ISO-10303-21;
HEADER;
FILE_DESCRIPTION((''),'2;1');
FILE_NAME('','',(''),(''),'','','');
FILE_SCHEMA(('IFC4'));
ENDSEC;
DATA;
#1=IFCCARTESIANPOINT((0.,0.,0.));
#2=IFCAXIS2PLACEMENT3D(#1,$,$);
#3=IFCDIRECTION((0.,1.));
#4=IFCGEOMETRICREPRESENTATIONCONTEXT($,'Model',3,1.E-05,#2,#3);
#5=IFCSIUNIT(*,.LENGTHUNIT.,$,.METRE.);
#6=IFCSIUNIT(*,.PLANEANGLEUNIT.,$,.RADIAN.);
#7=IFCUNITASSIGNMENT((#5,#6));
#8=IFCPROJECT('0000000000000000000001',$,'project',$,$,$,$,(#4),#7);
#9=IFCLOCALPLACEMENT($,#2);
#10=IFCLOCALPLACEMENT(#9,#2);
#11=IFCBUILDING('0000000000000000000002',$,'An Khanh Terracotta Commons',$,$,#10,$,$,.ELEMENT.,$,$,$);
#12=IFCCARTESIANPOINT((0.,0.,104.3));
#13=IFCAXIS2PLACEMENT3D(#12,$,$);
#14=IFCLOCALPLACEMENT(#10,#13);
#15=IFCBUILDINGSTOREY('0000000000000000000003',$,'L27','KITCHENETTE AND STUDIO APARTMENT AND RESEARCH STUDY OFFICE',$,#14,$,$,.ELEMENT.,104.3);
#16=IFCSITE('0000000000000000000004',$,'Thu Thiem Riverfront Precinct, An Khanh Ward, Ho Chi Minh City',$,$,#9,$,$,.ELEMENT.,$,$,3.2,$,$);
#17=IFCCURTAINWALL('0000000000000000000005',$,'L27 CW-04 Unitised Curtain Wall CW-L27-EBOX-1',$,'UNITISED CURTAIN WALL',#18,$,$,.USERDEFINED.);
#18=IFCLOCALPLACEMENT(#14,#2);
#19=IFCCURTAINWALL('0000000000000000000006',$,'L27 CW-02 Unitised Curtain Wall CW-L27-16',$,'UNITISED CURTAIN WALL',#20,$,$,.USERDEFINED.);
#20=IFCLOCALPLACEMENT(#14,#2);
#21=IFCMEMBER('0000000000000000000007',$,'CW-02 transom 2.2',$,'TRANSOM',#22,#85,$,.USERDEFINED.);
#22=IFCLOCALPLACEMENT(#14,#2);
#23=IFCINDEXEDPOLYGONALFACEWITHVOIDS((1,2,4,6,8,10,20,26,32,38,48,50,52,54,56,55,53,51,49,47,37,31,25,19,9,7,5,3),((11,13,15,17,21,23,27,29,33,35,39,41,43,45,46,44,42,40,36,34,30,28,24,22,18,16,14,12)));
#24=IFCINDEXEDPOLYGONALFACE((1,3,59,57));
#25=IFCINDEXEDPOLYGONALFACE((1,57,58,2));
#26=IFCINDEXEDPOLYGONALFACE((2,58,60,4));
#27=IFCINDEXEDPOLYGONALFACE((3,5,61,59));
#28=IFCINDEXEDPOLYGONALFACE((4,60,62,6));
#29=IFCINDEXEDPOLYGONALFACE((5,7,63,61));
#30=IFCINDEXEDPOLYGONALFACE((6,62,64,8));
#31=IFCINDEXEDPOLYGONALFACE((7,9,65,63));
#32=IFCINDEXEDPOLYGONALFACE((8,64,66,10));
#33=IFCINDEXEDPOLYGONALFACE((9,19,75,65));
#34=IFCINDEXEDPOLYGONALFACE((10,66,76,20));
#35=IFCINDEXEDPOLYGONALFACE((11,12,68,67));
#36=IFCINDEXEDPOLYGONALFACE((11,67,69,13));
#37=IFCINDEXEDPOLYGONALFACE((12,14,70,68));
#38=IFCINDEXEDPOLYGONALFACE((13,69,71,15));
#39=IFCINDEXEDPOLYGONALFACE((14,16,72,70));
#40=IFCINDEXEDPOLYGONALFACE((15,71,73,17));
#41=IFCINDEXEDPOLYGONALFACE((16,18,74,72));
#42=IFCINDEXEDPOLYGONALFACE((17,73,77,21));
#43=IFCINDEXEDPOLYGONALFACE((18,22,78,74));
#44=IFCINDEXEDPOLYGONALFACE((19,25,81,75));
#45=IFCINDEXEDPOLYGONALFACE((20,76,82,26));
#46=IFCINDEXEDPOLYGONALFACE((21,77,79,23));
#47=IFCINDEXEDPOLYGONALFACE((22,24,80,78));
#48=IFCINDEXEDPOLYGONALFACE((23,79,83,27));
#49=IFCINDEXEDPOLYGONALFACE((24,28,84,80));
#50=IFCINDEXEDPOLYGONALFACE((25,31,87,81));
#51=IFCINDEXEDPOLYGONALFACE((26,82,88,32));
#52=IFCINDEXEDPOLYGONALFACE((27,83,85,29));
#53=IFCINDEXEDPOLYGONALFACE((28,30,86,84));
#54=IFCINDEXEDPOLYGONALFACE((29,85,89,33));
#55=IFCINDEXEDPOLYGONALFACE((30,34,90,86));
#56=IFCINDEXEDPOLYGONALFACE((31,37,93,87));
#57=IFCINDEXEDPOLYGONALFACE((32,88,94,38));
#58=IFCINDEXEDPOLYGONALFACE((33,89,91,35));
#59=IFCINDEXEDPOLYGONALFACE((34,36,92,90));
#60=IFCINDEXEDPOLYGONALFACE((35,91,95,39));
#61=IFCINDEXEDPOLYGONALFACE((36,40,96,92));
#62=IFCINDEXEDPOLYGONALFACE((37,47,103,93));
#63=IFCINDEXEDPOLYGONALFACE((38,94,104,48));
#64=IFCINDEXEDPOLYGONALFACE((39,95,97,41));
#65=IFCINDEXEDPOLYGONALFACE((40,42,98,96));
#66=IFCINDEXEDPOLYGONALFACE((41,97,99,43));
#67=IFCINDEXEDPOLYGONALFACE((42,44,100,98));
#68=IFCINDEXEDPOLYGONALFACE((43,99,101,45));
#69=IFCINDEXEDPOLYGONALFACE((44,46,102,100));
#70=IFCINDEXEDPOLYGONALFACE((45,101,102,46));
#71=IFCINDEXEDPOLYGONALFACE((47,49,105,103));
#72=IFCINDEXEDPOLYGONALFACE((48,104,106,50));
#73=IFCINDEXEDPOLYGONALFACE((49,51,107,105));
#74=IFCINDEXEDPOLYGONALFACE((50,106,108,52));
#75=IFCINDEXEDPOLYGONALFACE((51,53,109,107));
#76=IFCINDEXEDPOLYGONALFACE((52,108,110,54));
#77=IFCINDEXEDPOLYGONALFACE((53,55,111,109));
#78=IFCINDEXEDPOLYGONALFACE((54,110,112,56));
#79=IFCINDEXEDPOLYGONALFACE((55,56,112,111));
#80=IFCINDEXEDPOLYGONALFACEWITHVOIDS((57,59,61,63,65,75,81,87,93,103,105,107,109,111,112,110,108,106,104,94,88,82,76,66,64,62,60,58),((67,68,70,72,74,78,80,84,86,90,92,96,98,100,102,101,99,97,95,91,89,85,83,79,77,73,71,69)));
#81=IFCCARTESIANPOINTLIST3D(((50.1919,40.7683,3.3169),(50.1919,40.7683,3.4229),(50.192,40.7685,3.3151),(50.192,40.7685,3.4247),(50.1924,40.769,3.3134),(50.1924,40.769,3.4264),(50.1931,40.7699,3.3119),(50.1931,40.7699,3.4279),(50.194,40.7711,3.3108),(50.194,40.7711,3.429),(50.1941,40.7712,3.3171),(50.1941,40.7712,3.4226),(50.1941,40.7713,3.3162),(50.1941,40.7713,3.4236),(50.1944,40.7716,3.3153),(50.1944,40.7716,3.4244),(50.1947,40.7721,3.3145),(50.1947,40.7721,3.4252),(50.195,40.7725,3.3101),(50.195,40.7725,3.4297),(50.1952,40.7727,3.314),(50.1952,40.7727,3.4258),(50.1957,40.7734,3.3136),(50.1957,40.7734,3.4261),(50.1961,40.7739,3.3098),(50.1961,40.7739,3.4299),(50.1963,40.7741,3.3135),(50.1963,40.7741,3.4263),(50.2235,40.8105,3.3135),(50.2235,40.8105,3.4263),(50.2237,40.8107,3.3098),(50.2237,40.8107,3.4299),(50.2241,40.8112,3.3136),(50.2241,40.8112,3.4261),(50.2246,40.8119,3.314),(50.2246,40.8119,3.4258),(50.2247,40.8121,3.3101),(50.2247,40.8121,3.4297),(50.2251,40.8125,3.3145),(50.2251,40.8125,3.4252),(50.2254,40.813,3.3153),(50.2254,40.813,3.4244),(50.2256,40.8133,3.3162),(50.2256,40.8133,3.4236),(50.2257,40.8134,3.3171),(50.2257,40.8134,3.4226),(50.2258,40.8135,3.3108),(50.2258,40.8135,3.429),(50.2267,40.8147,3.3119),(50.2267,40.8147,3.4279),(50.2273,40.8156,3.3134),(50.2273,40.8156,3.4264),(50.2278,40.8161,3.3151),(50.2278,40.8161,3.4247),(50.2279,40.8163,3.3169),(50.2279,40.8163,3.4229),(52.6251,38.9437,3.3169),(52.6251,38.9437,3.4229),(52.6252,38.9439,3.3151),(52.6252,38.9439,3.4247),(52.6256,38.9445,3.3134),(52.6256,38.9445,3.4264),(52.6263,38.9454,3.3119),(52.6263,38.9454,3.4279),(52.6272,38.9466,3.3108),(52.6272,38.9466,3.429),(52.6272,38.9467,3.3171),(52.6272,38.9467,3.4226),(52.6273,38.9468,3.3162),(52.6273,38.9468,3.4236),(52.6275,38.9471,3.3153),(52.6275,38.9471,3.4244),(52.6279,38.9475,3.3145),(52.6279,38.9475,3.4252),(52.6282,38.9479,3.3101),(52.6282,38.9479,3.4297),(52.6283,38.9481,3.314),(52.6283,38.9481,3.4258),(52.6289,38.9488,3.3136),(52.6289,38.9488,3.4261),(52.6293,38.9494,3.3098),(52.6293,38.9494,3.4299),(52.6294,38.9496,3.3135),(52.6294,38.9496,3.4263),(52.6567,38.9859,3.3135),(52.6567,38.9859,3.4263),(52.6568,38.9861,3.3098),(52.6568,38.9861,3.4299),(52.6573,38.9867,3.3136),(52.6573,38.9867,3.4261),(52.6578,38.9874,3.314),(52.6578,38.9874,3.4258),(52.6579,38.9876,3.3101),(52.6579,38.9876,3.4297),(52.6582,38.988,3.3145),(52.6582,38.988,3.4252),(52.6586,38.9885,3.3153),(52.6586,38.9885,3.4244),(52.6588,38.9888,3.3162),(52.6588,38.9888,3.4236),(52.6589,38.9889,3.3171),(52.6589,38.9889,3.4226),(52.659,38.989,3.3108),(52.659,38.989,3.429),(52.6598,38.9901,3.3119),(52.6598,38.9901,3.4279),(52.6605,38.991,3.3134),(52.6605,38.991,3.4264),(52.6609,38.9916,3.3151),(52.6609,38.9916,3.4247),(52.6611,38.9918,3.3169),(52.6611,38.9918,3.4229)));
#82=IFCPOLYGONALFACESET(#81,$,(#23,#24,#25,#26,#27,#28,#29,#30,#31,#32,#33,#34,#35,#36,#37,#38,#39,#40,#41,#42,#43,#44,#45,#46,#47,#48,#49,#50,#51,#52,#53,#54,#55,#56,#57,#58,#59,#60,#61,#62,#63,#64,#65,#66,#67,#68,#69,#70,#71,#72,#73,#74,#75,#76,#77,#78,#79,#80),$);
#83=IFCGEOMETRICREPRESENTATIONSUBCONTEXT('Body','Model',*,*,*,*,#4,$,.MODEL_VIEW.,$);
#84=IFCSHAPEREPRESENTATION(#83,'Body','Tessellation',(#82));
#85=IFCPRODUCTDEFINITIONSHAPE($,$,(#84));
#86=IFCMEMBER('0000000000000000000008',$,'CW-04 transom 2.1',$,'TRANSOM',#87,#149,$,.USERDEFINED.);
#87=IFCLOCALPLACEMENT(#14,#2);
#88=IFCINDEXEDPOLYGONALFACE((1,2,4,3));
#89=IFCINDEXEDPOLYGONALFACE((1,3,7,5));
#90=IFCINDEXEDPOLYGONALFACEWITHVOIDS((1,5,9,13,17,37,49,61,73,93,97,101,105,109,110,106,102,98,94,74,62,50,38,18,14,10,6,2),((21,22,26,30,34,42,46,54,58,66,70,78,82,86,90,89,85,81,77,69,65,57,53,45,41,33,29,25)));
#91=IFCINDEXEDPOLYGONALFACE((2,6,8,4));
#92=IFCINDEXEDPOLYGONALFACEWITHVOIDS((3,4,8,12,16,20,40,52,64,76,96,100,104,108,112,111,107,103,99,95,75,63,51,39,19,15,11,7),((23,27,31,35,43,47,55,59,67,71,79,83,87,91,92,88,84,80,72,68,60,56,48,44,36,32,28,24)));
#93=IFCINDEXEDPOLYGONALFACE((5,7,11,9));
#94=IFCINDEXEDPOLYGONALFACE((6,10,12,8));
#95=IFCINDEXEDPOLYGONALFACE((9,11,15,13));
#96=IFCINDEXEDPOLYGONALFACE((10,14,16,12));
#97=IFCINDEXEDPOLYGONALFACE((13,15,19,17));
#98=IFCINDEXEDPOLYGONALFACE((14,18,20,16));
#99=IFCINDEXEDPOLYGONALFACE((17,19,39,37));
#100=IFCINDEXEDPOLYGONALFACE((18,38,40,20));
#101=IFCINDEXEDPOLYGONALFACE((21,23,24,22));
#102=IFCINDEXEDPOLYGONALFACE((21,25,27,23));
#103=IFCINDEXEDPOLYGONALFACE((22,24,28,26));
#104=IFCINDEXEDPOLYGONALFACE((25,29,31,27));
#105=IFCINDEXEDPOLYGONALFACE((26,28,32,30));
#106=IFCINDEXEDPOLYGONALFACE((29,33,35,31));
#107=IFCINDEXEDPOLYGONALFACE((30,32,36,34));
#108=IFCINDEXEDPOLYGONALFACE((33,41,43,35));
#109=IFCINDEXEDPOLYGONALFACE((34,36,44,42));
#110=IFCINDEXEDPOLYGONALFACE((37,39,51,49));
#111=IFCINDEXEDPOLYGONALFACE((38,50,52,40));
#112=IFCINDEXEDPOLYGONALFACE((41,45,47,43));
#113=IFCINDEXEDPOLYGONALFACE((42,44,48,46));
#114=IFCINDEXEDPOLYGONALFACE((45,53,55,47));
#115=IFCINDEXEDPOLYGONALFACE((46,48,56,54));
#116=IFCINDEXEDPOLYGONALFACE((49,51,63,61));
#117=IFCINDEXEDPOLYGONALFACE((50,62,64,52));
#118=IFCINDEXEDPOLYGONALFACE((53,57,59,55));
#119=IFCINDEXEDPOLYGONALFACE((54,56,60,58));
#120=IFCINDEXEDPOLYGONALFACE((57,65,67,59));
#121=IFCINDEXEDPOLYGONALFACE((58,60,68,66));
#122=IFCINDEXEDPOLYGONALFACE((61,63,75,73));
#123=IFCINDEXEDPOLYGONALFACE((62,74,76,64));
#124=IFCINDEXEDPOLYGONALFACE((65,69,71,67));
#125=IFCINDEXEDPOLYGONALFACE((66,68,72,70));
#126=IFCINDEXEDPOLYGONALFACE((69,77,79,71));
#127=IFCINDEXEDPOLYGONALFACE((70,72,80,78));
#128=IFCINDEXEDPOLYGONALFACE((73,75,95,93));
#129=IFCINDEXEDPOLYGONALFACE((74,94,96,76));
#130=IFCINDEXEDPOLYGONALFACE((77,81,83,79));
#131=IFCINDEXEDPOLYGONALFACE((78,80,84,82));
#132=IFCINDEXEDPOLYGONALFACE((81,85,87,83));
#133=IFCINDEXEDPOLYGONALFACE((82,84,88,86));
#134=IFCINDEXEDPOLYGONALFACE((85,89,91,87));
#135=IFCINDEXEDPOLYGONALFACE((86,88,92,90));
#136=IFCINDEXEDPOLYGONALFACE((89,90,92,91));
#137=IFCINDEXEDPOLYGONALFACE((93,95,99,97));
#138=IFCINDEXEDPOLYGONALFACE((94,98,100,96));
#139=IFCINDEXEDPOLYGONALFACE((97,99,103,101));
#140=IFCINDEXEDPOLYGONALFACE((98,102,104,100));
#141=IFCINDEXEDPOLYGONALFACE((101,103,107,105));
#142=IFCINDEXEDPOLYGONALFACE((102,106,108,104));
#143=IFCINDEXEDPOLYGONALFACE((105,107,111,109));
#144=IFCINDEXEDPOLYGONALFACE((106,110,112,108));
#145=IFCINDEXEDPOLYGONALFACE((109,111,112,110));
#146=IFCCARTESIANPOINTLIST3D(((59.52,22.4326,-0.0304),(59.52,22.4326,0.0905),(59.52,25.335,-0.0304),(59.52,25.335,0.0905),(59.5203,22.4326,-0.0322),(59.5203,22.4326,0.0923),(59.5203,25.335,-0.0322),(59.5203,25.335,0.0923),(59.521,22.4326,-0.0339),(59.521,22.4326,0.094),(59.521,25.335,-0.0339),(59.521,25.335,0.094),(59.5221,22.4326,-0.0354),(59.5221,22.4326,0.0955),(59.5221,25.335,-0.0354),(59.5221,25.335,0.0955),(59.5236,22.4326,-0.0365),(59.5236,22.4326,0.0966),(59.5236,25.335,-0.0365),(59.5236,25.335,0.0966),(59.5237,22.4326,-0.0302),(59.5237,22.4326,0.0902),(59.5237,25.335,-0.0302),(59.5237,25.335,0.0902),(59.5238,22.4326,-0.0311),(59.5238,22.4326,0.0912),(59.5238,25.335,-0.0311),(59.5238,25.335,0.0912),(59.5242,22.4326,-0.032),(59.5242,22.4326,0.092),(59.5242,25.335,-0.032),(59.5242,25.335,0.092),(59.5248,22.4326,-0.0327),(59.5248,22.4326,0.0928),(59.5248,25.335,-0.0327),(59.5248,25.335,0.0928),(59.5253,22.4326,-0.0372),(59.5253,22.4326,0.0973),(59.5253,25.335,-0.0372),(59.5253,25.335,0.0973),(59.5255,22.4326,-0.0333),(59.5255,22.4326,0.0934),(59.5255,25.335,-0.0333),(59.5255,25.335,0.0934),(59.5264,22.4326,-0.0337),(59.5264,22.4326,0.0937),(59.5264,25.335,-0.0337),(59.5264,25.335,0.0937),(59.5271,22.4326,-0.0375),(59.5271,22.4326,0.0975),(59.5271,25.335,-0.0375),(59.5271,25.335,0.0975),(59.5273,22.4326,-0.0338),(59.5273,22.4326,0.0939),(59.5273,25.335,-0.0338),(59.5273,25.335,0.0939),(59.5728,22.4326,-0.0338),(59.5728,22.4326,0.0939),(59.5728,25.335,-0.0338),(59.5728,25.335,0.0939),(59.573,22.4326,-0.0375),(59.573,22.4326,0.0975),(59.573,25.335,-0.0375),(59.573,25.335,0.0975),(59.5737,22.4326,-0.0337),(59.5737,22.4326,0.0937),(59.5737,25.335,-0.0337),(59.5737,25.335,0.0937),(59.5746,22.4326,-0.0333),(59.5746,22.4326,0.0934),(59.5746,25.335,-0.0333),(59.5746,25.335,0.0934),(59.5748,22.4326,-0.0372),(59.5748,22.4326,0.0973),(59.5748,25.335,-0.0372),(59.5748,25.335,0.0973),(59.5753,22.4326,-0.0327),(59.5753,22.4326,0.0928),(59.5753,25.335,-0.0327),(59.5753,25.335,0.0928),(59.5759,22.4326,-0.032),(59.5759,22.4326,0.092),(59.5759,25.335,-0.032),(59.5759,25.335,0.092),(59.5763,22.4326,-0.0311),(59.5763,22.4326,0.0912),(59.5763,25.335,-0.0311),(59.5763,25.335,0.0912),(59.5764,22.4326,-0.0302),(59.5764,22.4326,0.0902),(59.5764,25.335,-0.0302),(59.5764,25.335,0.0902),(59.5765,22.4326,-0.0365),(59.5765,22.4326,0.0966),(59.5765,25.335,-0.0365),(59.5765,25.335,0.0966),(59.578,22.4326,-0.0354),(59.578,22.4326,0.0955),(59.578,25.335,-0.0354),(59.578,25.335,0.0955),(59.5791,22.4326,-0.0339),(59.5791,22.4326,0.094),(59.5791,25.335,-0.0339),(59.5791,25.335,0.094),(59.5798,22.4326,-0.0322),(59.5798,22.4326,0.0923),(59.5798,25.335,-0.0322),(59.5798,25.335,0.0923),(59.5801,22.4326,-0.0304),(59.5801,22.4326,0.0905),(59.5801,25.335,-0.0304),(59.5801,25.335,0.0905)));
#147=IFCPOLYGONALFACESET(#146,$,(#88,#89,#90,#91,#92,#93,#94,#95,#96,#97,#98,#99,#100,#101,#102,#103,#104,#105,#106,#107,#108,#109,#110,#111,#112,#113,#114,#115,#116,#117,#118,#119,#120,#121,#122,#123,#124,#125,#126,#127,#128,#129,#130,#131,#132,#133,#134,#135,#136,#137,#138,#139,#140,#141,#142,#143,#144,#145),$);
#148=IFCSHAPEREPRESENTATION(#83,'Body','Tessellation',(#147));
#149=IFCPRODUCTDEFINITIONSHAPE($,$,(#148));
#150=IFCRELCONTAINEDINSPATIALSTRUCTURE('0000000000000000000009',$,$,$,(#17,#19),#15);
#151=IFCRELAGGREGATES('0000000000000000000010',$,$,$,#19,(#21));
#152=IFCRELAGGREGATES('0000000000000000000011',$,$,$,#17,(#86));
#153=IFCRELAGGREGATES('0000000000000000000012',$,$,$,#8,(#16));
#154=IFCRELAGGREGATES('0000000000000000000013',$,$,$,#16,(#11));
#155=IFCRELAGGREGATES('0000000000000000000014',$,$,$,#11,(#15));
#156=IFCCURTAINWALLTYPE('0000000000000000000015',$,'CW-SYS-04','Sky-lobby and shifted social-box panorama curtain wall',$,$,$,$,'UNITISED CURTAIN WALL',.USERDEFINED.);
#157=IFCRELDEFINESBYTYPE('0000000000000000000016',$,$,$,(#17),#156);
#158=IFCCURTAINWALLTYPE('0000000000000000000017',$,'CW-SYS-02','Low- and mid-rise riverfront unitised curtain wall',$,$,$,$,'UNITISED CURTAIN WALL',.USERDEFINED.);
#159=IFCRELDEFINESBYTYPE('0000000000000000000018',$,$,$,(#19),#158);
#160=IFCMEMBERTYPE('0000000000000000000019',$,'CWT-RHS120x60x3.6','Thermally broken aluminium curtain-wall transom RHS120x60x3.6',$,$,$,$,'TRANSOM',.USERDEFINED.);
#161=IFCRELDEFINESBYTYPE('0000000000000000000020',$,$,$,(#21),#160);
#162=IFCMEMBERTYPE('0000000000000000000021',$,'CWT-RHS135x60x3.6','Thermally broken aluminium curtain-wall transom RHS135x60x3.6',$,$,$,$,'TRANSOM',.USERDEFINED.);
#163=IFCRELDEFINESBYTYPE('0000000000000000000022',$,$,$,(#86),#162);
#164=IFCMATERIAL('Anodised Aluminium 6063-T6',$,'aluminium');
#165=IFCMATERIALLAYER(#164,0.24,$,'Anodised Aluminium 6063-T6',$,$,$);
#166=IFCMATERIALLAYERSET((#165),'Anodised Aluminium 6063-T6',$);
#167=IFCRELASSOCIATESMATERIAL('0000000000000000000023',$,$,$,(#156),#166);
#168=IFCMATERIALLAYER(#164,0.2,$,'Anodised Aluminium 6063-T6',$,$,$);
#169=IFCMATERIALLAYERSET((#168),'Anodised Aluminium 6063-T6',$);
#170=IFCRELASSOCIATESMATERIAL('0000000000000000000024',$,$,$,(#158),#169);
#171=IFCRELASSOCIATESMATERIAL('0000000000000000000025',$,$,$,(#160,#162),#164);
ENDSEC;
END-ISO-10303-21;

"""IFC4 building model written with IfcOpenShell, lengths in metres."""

from ifc_helpers import new_model, si_unit, direction, frame, origin, origin_2d, place, context, subcontext, project, spatial, hollow_rectangle, extrude, material, layer, layer_set, material_profile, profile_set, type_object, element, aggregate, save


model = new_model("IFC4")

# Units and contexts
model_context = context("Model", 3, precision=1e-05, world=origin(), true_north=direction((0.0, 1.0)))
body_context = subcontext(model_context, "Body", "Model", "MODEL_VIEW")
ifc_project = project(units=[si_unit("LENGTHUNIT", "METRE"), si_unit("PLANEANGLEUNIT", "RADIAN")], contexts=[model_context])

# Site, building, storey
site_placement = place(None, origin())
site = spatial("IfcSite", under=ifc_project, at=site_placement, Name="Thu Thiem Riverfront Precinct, An Khanh Ward, Ho Chi Minh City", CompositionType="ELEMENT", RefElevation=3.2)
building_placement = place(site_placement, origin())
building = spatial("IfcBuilding", under=site, at=building_placement, Name="An Khanh Terracotta Commons", CompositionType="ELEMENT")
storey_placement = place(building_placement, frame((0.0, 0.0, 104.3)))
storey = spatial("IfcBuildingStorey", under=building, at=storey_placement, Name="L27", Description="KITCHENETTE AND STUDIO APARTMENT AND RESEARCH STUDY OFFICE", CompositionType="ELEMENT", Elevation=104.3)

# Curtain wall
ifc_material_1 = material(Name="Anodised Aluminium 6063-T6", Category="aluminium")
ifc_layer_1 = layer(ifc_material_1, 0.24, Name="Anodised Aluminium 6063-T6")
ifc_layer_set_1 = layer_set([ifc_layer_1], Name="Anodised Aluminium 6063-T6")
curtain_wall_type_1 = type_object("IfcCurtainWallType", Name="CW-SYS-04", Description="Sky-lobby and shifted social-box panorama curtain wall", ElementType="UNITISED CURTAIN WALL", PredefinedType="USERDEFINED", material=ifc_layer_set_1)
curtain_wall_1_placement = place(storey_placement, origin())
curtain_wall_1 = element("IfcCurtainWall", 1, at=curtain_wall_1_placement, inside=storey, type_object=curtain_wall_type_1, Name="L27 CW-04 Unitised Curtain Wall CW-L27-EBOX-1", ObjectType="UNITISED CURTAIN WALL", PredefinedType="USERDEFINED")

# Curtain wall, member
ifc_layer_2 = layer(ifc_material_1, 0.2, Name="Anodised Aluminium 6063-T6")
ifc_layer_set_2 = layer_set([ifc_layer_2], Name="Anodised Aluminium 6063-T6")
curtain_wall_type_2 = type_object("IfcCurtainWallType", Name="CW-SYS-02", Description="Low- and mid-rise riverfront unitised curtain wall", ElementType="UNITISED CURTAIN WALL", PredefinedType="USERDEFINED", material=ifc_layer_set_2)
curtain_wall_2_placement = place(storey_placement, origin())
curtain_wall_2 = element("IfcCurtainWall", 2, at=curtain_wall_2_placement, inside=storey, type_object=curtain_wall_type_2, Name="L27 CW-02 Unitised Curtain Wall CW-L27-16", ObjectType="UNITISED CURTAIN WALL", PredefinedType="USERDEFINED")
ifc_material_profile_1 = material_profile(ifc_material_1, hollow_rectangle(XDim=0.0601, YDim=0.1201, WallThickness=0.0037, InnerFilletRadius=0.0037, OuterFilletRadius=0.0071, at=origin_2d()), Name="RHS120x60x3.6")
ifc_profile_set_1 = profile_set([ifc_material_profile_1], Name="Anodised Aluminium 6063-T6")
member_type_1 = type_object("IfcMemberType", Name="CWT-RHS120x60x3.6", Description="Thermally broken aluminium curtain-wall transom RHS120x60x3.6", ElementType="TRANSOM", PredefinedType="USERDEFINED", material=ifc_profile_set_1)
member_1_placement = place(storey_placement, frame((52.6431, 38.9678, 3.3699), z_axis=(-0.800058, 0.599923, 0.0), x_axis=(-0.599923, -0.800058, 0.0)))
member_1 = element("IfcMember", 3, at=member_1_placement, type_object=member_type_1, Name="CW-02 transom 2.2", ObjectType="TRANSOM", PredefinedType="USERDEFINED", context=body_context, shape_type="SweptSolid", body=[
    extrude(hollow_rectangle(XDim=0.0601, YDim=0.1201, WallThickness=0.0037, InnerFilletRadius=0.0037, OuterFilletRadius=0.0071, at=origin_2d()), origin(), (0.0, 0.0, 1.0), 3.0413),
])

# Member
ifc_material_profile_2 = material_profile(ifc_material_1, hollow_rectangle(XDim=0.0601, YDim=0.135, WallThickness=0.0037, InnerFilletRadius=0.0037, OuterFilletRadius=0.0071, at=origin_2d()), Name="RHS135x60x3.6")
ifc_profile_set_2 = profile_set([ifc_material_profile_2], Name="Anodised Aluminium 6063-T6")
member_type_2 = type_object("IfcMemberType", Name="CWT-RHS135x60x3.6", Description="Thermally broken aluminium curtain-wall transom RHS135x60x3.6", ElementType="TRANSOM", PredefinedType="USERDEFINED", material=ifc_profile_set_2)
member_2_placement = place(storey_placement, frame((59.55, 22.4326, 0.03), z_axis=(0.0, 1.0, 0.0), x_axis=(-1.0, 0.0, 0.0)))
member_2 = element("IfcMember", 4, at=member_2_placement, type_object=member_type_2, Name="CW-04 transom 2.1", ObjectType="TRANSOM", PredefinedType="USERDEFINED", context=body_context, shape_type="SweptSolid", body=[
    extrude(hollow_rectangle(XDim=0.0601, YDim=0.135, WallThickness=0.0037, InnerFilletRadius=0.0037, OuterFilletRadius=0.0071, at=origin_2d()), origin(), (0.0, 0.0, 1.0), 2.9023),
])

aggregate(curtain_wall_2, [member_1])
aggregate(curtain_wall_1, [member_2])

save(model, "model.ifc")
